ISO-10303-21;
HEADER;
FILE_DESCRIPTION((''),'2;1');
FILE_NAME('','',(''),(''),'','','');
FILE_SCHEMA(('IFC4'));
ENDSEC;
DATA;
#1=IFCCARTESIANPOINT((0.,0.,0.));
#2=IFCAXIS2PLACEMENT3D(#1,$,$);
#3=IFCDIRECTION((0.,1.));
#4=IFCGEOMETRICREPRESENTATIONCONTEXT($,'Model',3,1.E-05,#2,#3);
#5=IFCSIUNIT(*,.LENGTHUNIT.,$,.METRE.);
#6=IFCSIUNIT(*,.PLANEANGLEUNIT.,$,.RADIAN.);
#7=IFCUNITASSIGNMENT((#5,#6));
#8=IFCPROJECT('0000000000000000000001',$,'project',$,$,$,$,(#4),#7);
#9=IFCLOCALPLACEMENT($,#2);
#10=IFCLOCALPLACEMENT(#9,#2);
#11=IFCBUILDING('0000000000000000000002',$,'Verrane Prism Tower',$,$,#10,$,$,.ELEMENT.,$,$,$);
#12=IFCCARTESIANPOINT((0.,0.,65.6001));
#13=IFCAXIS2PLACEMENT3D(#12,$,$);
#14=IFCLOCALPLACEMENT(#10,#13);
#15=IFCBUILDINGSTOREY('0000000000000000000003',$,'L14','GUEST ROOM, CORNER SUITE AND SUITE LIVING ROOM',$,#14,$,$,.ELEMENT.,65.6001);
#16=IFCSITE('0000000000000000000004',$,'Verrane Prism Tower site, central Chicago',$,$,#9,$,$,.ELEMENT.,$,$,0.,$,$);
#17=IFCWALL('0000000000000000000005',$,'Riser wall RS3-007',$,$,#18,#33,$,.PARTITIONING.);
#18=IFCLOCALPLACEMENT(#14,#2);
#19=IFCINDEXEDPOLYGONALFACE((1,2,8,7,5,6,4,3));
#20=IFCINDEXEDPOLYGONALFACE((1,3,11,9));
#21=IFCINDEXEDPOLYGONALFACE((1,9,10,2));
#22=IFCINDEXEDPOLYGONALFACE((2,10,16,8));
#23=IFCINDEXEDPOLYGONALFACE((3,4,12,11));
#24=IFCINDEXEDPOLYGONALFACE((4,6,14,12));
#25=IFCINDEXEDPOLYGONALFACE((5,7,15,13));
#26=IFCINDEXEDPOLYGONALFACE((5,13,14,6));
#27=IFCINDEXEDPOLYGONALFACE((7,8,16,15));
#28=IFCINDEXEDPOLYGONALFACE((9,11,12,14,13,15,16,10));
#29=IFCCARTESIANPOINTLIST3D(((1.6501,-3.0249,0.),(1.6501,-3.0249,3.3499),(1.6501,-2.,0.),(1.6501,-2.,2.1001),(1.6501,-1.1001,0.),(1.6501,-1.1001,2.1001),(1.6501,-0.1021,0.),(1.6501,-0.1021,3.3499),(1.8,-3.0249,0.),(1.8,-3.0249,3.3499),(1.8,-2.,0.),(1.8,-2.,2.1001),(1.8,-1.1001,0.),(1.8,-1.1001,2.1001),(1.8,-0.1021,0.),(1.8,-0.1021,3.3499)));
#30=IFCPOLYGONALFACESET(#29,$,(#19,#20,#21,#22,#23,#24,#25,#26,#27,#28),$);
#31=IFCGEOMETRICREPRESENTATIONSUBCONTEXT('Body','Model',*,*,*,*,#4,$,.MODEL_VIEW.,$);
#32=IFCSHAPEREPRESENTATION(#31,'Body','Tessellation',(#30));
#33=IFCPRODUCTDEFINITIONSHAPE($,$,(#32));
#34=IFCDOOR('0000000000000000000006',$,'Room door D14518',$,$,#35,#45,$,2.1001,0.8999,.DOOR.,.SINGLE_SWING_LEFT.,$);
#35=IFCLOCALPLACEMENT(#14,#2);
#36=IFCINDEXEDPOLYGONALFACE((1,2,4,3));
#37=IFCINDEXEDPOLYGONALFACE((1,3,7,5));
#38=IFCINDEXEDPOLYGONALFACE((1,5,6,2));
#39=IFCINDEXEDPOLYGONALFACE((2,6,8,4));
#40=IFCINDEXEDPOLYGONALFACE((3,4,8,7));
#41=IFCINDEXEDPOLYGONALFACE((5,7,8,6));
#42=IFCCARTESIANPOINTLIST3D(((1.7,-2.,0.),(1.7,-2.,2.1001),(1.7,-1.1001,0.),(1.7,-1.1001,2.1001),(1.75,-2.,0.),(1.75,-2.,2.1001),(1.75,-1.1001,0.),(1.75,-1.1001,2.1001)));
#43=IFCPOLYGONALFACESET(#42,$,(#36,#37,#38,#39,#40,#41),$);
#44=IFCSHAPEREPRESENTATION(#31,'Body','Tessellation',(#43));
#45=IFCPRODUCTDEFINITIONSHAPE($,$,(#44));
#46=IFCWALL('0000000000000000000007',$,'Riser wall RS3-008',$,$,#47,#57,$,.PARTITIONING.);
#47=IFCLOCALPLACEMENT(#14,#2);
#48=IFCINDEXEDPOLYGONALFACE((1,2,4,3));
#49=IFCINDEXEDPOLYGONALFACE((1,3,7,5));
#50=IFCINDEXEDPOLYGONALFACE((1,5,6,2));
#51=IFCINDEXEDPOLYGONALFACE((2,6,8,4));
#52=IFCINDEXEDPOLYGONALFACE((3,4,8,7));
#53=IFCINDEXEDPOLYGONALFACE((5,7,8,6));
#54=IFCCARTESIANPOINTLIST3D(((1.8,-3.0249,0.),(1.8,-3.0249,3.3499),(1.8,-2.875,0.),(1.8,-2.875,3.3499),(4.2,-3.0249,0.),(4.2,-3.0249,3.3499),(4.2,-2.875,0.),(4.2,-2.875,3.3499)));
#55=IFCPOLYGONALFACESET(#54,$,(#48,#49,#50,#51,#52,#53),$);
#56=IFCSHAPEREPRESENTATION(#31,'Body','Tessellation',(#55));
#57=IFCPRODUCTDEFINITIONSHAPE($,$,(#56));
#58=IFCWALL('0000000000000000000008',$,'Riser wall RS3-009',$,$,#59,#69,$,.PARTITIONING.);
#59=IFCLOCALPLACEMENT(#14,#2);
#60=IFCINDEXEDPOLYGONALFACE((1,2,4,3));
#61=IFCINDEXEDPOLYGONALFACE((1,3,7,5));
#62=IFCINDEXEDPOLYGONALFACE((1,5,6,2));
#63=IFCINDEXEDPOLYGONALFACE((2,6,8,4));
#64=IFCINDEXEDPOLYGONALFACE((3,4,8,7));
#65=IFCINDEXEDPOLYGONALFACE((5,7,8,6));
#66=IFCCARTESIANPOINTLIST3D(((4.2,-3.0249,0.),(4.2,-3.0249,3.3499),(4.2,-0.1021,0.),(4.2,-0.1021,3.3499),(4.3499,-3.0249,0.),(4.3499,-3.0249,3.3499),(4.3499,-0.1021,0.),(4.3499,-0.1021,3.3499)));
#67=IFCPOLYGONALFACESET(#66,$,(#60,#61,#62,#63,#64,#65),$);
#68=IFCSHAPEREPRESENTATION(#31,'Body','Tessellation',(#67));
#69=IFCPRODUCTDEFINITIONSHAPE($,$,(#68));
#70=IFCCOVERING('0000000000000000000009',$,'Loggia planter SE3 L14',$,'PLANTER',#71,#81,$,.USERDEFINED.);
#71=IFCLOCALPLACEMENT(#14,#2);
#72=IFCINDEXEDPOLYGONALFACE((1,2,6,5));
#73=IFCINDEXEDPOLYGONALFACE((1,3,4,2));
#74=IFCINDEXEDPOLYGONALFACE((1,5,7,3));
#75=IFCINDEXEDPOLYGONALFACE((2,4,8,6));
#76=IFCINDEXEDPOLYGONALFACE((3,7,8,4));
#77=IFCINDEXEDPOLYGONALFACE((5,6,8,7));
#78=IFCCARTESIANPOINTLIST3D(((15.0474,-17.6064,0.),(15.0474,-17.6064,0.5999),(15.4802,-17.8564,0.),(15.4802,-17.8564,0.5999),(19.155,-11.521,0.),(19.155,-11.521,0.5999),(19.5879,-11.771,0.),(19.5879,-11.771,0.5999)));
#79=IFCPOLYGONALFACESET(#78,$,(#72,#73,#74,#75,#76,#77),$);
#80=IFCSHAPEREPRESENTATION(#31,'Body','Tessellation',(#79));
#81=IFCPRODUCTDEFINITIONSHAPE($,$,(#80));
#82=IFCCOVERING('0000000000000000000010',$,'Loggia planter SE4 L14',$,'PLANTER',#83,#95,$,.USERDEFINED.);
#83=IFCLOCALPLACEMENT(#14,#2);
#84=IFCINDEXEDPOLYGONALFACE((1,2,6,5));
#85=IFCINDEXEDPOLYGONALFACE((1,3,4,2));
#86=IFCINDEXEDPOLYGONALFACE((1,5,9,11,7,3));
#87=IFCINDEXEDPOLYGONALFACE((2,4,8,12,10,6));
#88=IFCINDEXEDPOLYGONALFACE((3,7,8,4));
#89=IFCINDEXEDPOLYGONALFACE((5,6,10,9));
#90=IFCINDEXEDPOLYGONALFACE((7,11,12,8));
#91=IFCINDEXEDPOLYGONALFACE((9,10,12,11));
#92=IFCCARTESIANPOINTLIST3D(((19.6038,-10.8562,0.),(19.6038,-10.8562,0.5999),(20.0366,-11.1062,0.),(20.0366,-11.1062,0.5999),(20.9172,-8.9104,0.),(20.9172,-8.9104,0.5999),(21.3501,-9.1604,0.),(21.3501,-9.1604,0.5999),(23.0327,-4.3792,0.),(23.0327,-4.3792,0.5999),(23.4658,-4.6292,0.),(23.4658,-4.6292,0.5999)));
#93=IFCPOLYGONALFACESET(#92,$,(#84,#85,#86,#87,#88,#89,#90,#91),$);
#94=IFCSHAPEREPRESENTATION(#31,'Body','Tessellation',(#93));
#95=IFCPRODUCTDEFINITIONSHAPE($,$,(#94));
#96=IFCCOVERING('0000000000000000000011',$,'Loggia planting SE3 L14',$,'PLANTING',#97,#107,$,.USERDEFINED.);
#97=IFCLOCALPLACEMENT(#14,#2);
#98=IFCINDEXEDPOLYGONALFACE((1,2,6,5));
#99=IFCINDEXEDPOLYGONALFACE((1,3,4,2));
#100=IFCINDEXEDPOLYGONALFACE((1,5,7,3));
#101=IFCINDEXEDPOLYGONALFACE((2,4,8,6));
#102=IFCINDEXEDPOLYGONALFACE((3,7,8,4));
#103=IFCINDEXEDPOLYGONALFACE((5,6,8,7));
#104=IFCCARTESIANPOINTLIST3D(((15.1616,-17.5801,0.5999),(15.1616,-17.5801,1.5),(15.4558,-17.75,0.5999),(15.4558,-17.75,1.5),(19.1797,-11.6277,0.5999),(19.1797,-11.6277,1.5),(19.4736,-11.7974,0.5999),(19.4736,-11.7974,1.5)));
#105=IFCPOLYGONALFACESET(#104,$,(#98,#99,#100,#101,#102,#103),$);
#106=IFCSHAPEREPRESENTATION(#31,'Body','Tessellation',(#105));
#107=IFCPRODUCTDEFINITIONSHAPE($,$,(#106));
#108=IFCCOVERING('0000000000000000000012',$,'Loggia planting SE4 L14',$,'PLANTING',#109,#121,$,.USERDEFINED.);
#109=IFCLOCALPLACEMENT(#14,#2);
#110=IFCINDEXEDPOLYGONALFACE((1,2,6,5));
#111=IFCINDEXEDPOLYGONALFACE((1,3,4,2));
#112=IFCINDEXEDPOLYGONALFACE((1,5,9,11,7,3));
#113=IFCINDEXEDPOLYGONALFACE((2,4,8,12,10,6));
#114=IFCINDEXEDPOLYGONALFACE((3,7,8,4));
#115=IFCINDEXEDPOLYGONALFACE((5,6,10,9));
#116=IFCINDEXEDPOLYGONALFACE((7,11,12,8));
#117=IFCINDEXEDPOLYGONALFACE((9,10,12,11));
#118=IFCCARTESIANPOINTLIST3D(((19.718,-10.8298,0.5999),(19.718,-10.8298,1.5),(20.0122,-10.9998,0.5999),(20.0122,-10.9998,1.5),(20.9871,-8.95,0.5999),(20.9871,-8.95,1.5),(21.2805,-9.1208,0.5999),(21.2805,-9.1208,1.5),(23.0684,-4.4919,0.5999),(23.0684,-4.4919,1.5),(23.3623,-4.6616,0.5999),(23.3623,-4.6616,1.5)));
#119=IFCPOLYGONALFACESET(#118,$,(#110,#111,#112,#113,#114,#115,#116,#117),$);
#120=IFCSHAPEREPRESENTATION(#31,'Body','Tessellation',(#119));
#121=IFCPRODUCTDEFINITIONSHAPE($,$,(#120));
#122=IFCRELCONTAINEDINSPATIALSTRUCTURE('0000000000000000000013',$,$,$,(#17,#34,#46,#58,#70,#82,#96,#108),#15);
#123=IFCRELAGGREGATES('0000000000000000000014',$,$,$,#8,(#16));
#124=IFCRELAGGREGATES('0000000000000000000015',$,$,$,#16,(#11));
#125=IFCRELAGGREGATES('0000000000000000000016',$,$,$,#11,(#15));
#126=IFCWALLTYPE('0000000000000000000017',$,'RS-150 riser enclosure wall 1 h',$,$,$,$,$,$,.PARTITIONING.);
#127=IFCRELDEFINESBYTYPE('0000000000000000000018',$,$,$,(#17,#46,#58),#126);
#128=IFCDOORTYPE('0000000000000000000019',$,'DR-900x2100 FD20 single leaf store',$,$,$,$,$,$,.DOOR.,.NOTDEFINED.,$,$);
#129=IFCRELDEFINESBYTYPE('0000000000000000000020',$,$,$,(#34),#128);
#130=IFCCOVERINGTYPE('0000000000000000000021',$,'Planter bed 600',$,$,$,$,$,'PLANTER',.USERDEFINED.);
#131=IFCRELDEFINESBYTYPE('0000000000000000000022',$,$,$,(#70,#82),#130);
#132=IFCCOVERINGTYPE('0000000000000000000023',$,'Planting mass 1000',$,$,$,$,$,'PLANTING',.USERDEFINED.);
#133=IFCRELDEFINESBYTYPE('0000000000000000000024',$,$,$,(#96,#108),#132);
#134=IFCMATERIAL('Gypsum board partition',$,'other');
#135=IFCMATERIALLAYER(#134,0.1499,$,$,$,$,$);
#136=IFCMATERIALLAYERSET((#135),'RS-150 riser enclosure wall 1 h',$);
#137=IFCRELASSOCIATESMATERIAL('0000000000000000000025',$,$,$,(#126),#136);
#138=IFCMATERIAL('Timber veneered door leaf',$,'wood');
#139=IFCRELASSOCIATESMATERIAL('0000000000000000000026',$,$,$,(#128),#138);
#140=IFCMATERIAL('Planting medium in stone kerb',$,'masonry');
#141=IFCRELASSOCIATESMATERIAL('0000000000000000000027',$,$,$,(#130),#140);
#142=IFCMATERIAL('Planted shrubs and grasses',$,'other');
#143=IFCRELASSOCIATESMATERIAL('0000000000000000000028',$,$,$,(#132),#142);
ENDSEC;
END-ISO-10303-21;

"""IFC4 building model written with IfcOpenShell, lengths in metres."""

from ifc_helpers import new_model, si_unit, direction, frame, frame_2d, origin, place, context, subcontext, project, spatial, polyline, rectangle, outline, extrude, material, layer, layer_set, type_object, element, fill, save


model = new_model("IFC4")

# Units and contexts
model_context = context("Model", 3, precision=1e-05, world=origin(), true_north=direction((0.0, 1.0)))
body_context = subcontext(model_context, "Body", "Model", "MODEL_VIEW")
ifc_project = project(units=[si_unit("LENGTHUNIT", "METRE"), si_unit("PLANEANGLEUNIT", "RADIAN")], contexts=[model_context])

# Site, building, storey
site_placement = place(None, origin())
site = spatial("IfcSite", under=ifc_project, at=site_placement, Name="Verrane Prism Tower site, central Chicago", CompositionType="ELEMENT", RefElevation=0.0)
building_placement = place(site_placement, origin())
building = spatial("IfcBuilding", under=site, at=building_placement, Name="Verrane Prism Tower", CompositionType="ELEMENT")
storey_placement = place(building_placement, frame((0.0, 0.0, 65.6001)))
storey = spatial("IfcBuildingStorey", under=building, at=storey_placement, Name="L14", Description="GUEST ROOM, CORNER SUITE AND SUITE LIVING ROOM", CompositionType="ELEMENT", Elevation=65.6001)

# Wall, opening, door
ifc_material_1 = material(Name="Gypsum board partition", Category="other")
ifc_layer_1 = layer(ifc_material_1, 0.1499)
ifc_layer_set_1 = layer_set([ifc_layer_1], Name="RS-150 riser enclosure wall 1 h")
wall_type_1 = type_object("IfcWallType", Name="RS-150 riser enclosure wall 1 h", PredefinedType="PARTITIONING", material=ifc_layer_set_1)
wall_1_placement = place(storey_placement, frame((1.7251, -0.1021, 0.0), z_axis=(0.0, 0.0, 1.0), x_axis=(0.0, -1.0, 0.0)))
wall_1 = element("IfcWall", 1, at=wall_1_placement, inside=storey, type_object=wall_type_1, Name="Riser wall RS3-007", PredefinedType="PARTITIONING", context=body_context, shape_type="SweptSolid", body=[
    extrude(rectangle(XDim=2.9229, YDim=0.1499, at=frame_2d((1.4614, 0.0))), origin(), (0.0, 0.0, 1.0), 3.3499),
])
opening_1_placement = place(wall_1_placement, frame((0.998, 0.0, 0.0)))
opening_1 = element("IfcOpeningElement", 2, at=opening_1_placement, cuts=wall_1, PredefinedType="OPENING", context=body_context, shape_type="SweptSolid", body=[
    extrude(rectangle(XDim=0.8999, YDim=2.1001, at=frame_2d((0.45, 1.05))), frame((0.0, 0.085, 0.0), z_axis=(0.0, -1.0, 0.0), x_axis=(1.0, 0.0, 0.0)), (0.0, 0.0, 1.0), 0.1699),
])
ifc_material_2 = material(Name="Timber veneered door leaf", Category="wood")
door_type_1 = type_object("IfcDoorType", Name="DR-900x2100 FD20 single leaf store", OperationType="NOTDEFINED", PredefinedType="DOOR", material=ifc_material_2)
door_1_placement = place(opening_1_placement, origin())
door_1 = element("IfcDoor", 3, at=door_1_placement, inside=storey, type_object=door_type_1, Name="Room door D14518", OperationType="SINGLE_SWING_LEFT", OverallHeight=2.1001, OverallWidth=0.8999, PredefinedType="DOOR", context=body_context, shape_type="SweptSolid", body=[
    extrude(rectangle(XDim=0.8999, YDim=2.1001, at=frame_2d((0.45, 1.05))), frame((0.0, 0.0249, 0.0), z_axis=(0.0, -1.0, 0.0), x_axis=(1.0, 0.0, 0.0)), (0.0, 0.0, 1.0), 0.05),
])
fill(opening_1, door_1)

# Walls
wall_2_placement = place(storey_placement, frame((1.8, -2.95, 0.0), z_axis=(0.0, 0.0, 1.0), x_axis=(1.0, 0.0, 0.0)))
element("IfcWall", 4, at=wall_2_placement, inside=storey, type_object=wall_type_1, Name="Riser wall RS3-008", PredefinedType="PARTITIONING", context=body_context, shape_type="SweptSolid", body=[
    extrude(rectangle(XDim=2.3999, YDim=0.1499, at=frame_2d((1.2, 0.0))), origin(), (0.0, 0.0, 1.0), 3.3499),
])
wall_3_placement = place(storey_placement, frame((4.2749, -3.0249, 0.0), z_axis=(0.0, 0.0, 1.0), x_axis=(0.0, 1.0, 0.0)))
element("IfcWall", 5, at=wall_3_placement, inside=storey, type_object=wall_type_1, Name="Riser wall RS3-009", PredefinedType="PARTITIONING", context=body_context, shape_type="SweptSolid", body=[
    extrude(rectangle(XDim=2.9229, YDim=0.1499, at=frame_2d((1.4614, 0.0))), origin(), (0.0, 0.0, 1.0), 3.3499),
])

# Coverings
ifc_material_3 = material(Name="Planting medium in stone kerb", Category="masonry")
covering_type_1 = type_object("IfcCoveringType", Name="Planter bed 600", ElementType="PLANTER", PredefinedType="USERDEFINED", material=ifc_material_3)
covering_1_placement = place(storey_placement, origin())
element("IfcCovering", 6, at=covering_1_placement, inside=storey, type_object=covering_type_1, Name="Loggia planter SE3 L14", ObjectType="PLANTER", PredefinedType="USERDEFINED", context=body_context, shape_type="SweptSolid", body=[
    extrude(outline(polyline([(15.4802, -17.8564), (19.5879, -11.771), (19.155, -11.521), (15.0474, -17.6064), (15.4802, -17.8564)])), origin(), (0.0, 0.0, 1.0), 0.5999),
])
covering_2_placement = place(storey_placement, origin())
element("IfcCovering", 7, at=covering_2_placement, inside=storey, type_object=covering_type_1, Name="Loggia planter SE4 L14", ObjectType="PLANTER", PredefinedType="USERDEFINED", context=body_context, shape_type="SweptSolid", body=[
    extrude(outline(polyline([(20.0366, -11.1062), (21.3501, -9.1604), (23.4658, -4.6292), (23.0327, -4.3792), (20.9172, -8.9104), (19.6038, -10.8562), (20.0366, -11.1062)])), origin(), (0.0, 0.0, 1.0), 0.5999),
])
ifc_material_4 = material(Name="Planted shrubs and grasses", Category="other")
covering_type_2 = type_object("IfcCoveringType", Name="Planting mass 1000", ElementType="PLANTING", PredefinedType="USERDEFINED", material=ifc_material_4)
covering_3_placement = place(storey_placement, frame((0.0, 0.0, 0.5999)))
element("IfcCovering", 8, at=covering_3_placement, inside=storey, type_object=covering_type_2, Name="Loggia planting SE3 L14", ObjectType="PLANTING", PredefinedType="USERDEFINED", context=body_context, shape_type="SweptSolid", body=[
    extrude(outline(polyline([(19.4736, -11.7974), (19.1797, -11.6277), (15.1616, -17.5801), (15.4558, -17.75), (19.4736, -11.7974)])), origin(), (0.0, 0.0, 1.0), 0.9001),
])
covering_4_placement = place(storey_placement, frame((0.0, 0.0, 0.5999)))
element("IfcCovering", 9, at=covering_4_placement, inside=storey, type_object=covering_type_2, Name="Loggia planting SE4 L14", ObjectType="PLANTING", PredefinedType="USERDEFINED", context=body_context, shape_type="SweptSolid", body=[
    extrude(outline(polyline([(21.2805, -9.1208), (23.3623, -4.6616), (23.0684, -4.4919), (20.9871, -8.95), (19.718, -10.8298), (20.0122, -10.9998), (21.2805, -9.1208)])), origin(), (0.0, 0.0, 1.0), 0.9001),
])

save(model, "model.ifc")
